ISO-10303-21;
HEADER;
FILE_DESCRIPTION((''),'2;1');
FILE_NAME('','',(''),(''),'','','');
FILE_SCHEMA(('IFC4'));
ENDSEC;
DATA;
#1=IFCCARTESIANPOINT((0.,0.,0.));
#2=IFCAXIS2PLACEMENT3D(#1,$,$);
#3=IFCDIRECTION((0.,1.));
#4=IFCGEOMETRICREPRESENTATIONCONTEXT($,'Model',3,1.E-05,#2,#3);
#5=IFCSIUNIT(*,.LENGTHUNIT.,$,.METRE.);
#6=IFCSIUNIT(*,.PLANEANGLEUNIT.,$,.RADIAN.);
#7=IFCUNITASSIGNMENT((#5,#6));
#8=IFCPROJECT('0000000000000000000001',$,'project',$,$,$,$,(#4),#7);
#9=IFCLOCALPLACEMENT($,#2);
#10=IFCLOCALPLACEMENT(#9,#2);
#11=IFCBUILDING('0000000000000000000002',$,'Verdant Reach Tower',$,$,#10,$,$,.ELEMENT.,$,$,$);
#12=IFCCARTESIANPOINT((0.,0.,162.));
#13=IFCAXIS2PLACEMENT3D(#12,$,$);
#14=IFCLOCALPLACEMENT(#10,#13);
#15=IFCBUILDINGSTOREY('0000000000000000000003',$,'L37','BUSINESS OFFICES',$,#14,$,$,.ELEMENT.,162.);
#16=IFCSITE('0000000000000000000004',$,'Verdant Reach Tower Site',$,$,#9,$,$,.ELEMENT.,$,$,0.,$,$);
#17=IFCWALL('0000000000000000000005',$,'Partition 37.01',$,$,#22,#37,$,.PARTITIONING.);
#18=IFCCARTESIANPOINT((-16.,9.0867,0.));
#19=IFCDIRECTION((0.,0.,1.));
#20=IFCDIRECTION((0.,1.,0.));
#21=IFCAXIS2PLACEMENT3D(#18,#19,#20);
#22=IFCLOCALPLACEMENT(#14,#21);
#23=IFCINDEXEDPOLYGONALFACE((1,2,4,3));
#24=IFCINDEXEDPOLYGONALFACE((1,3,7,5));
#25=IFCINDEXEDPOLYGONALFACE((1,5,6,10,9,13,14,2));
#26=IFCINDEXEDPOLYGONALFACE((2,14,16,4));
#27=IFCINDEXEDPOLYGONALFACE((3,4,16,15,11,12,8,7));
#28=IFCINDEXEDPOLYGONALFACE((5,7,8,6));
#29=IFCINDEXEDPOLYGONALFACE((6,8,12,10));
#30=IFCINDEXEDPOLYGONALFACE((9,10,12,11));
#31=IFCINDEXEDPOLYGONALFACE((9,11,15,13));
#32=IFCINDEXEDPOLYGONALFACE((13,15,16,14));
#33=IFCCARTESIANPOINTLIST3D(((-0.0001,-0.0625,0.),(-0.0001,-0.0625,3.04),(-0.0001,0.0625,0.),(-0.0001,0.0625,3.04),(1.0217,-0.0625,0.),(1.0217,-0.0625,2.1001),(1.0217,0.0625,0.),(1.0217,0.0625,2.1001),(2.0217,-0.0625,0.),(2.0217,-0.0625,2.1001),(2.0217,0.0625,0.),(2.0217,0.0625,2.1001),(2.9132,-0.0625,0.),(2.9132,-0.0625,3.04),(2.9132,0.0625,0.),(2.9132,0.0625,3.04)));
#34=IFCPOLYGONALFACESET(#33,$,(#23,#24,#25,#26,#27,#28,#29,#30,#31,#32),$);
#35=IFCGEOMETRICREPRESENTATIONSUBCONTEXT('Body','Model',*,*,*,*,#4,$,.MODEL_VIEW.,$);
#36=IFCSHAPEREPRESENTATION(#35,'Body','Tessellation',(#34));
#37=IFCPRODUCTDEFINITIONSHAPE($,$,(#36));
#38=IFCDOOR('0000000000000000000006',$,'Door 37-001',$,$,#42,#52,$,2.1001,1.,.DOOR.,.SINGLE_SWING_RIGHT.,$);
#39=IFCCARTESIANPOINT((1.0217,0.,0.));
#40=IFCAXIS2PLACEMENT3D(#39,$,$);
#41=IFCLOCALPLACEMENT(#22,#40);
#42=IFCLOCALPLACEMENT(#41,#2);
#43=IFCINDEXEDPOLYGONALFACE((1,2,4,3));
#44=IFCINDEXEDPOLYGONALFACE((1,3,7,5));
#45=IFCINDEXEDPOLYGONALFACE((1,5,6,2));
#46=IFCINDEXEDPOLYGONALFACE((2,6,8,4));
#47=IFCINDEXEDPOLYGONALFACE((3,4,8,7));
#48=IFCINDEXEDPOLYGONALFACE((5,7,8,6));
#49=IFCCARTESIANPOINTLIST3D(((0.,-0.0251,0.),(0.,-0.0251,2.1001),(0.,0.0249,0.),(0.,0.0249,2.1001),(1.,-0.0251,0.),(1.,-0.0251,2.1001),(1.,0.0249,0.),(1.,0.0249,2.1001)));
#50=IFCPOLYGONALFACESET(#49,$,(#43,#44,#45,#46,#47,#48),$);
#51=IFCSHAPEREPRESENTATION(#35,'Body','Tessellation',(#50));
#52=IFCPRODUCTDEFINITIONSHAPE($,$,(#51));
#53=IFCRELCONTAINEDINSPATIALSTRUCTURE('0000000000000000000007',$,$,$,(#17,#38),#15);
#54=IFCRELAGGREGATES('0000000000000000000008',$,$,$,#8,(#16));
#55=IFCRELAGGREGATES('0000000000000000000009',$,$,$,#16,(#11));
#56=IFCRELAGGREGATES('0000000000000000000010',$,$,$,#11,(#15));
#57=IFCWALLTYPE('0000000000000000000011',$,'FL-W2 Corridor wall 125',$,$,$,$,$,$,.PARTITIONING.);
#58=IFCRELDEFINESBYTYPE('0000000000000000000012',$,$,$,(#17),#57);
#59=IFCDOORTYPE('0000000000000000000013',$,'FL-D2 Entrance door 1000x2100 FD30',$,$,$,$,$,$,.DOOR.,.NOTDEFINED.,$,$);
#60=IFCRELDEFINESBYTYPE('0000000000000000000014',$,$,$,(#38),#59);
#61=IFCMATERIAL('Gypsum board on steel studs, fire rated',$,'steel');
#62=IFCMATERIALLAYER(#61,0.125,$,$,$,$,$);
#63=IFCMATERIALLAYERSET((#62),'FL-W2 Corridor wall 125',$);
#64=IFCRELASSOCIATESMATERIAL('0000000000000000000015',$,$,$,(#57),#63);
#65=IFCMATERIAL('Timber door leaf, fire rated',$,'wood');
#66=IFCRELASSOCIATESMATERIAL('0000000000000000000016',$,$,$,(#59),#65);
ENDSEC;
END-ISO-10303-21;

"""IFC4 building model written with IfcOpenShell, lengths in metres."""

from ifc_helpers import new_model, si_unit, direction, frame, frame_2d, origin, place, context, subcontext, project, spatial, rectangle, extrude, material, layer, layer_set, type_object, element, fill, save


model = new_model("IFC4")

# Units and contexts
model_context = context("Model", 3, precision=1e-05, world=origin(), true_north=direction((0.0, 1.0)))
body_context = subcontext(model_context, "Body", "Model", "MODEL_VIEW")
ifc_project = project(units=[si_unit("LENGTHUNIT", "METRE"), si_unit("PLANEANGLEUNIT", "RADIAN")], contexts=[model_context])

# Site, building, storey
site_placement = place(None, origin())
site = spatial("IfcSite", under=ifc_project, at=site_placement, Name="Verdant Reach Tower Site", CompositionType="ELEMENT", RefElevation=0.0)
building_placement = place(site_placement, origin())
building = spatial("IfcBuilding", under=site, at=building_placement, Name="Verdant Reach Tower", CompositionType="ELEMENT")
storey_placement = place(building_placement, frame((0.0, 0.0, 162.0)))
storey = spatial("IfcBuildingStorey", under=building, at=storey_placement, Name="L37", Description="BUSINESS OFFICES", CompositionType="ELEMENT", Elevation=162.0)

# Wall, opening, door
ifc_material_1 = material(Name="Gypsum board on steel studs, fire rated", Category="steel")
ifc_layer_1 = layer(ifc_material_1, 0.125)
ifc_layer_set_1 = layer_set([ifc_layer_1], Name="FL-W2 Corridor wall 125")
wall_type = type_object("IfcWallType", Name="FL-W2 Corridor wall 125", PredefinedType="PARTITIONING", material=ifc_layer_set_1)
wall_placement = place(storey_placement, frame((-16.0, 9.0867, 0.0), z_axis=(0.0, 0.0, 1.0), x_axis=(0.0, 1.0, 0.0)))
wall = element("IfcWall", 1, at=wall_placement, inside=storey, type_object=wall_type, Name="Partition 37.01", PredefinedType="PARTITIONING", context=body_context, shape_type="SweptSolid", body=[
    extrude(rectangle(XDim=2.9133, YDim=0.125, at=frame_2d((1.4565, 0.0))), origin(), (0.0, 0.0, 1.0), 3.04),
])
opening_placement = place(wall_placement, frame((1.0217, 0.0, 0.0)))
opening = element("IfcOpeningElement", 2, at=opening_placement, cuts=wall, PredefinedType="OPENING", context=body_context, shape_type="SweptSolid", body=[
    extrude(rectangle(XDim=1.0, YDim=2.1001, at=frame_2d((0.5, 1.05))), frame((0.0, 0.0725, 0.0), z_axis=(0.0, -1.0, 0.0), x_axis=(1.0, 0.0, 0.0)), (0.0, 0.0, 1.0), 0.145),
])
ifc_material_2 = material(Name="Timber door leaf, fire rated", Category="wood")
door_type = type_object("IfcDoorType", Name="FL-D2 Entrance door 1000x2100 FD30", OperationType="NOTDEFINED", PredefinedType="DOOR", material=ifc_material_2)
door_placement = place(opening_placement, origin())
door = element("IfcDoor", 3, at=door_placement, inside=storey, type_object=door_type, Name="Door 37-001", OperationType="SINGLE_SWING_RIGHT", OverallHeight=2.1001, OverallWidth=1.0, PredefinedType="DOOR", context=body_context, shape_type="SweptSolid", body=[
    extrude(rectangle(XDim=1.0, YDim=2.1001, at=frame_2d((0.5, 1.05))), frame((0.0, 0.0249, 0.0), z_axis=(0.0, -1.0, 0.0), x_axis=(1.0, 0.0, 0.0)), (0.0, 0.0, 1.0), 0.05),
])
fill(opening, door)

save(model, "model.ifc")
